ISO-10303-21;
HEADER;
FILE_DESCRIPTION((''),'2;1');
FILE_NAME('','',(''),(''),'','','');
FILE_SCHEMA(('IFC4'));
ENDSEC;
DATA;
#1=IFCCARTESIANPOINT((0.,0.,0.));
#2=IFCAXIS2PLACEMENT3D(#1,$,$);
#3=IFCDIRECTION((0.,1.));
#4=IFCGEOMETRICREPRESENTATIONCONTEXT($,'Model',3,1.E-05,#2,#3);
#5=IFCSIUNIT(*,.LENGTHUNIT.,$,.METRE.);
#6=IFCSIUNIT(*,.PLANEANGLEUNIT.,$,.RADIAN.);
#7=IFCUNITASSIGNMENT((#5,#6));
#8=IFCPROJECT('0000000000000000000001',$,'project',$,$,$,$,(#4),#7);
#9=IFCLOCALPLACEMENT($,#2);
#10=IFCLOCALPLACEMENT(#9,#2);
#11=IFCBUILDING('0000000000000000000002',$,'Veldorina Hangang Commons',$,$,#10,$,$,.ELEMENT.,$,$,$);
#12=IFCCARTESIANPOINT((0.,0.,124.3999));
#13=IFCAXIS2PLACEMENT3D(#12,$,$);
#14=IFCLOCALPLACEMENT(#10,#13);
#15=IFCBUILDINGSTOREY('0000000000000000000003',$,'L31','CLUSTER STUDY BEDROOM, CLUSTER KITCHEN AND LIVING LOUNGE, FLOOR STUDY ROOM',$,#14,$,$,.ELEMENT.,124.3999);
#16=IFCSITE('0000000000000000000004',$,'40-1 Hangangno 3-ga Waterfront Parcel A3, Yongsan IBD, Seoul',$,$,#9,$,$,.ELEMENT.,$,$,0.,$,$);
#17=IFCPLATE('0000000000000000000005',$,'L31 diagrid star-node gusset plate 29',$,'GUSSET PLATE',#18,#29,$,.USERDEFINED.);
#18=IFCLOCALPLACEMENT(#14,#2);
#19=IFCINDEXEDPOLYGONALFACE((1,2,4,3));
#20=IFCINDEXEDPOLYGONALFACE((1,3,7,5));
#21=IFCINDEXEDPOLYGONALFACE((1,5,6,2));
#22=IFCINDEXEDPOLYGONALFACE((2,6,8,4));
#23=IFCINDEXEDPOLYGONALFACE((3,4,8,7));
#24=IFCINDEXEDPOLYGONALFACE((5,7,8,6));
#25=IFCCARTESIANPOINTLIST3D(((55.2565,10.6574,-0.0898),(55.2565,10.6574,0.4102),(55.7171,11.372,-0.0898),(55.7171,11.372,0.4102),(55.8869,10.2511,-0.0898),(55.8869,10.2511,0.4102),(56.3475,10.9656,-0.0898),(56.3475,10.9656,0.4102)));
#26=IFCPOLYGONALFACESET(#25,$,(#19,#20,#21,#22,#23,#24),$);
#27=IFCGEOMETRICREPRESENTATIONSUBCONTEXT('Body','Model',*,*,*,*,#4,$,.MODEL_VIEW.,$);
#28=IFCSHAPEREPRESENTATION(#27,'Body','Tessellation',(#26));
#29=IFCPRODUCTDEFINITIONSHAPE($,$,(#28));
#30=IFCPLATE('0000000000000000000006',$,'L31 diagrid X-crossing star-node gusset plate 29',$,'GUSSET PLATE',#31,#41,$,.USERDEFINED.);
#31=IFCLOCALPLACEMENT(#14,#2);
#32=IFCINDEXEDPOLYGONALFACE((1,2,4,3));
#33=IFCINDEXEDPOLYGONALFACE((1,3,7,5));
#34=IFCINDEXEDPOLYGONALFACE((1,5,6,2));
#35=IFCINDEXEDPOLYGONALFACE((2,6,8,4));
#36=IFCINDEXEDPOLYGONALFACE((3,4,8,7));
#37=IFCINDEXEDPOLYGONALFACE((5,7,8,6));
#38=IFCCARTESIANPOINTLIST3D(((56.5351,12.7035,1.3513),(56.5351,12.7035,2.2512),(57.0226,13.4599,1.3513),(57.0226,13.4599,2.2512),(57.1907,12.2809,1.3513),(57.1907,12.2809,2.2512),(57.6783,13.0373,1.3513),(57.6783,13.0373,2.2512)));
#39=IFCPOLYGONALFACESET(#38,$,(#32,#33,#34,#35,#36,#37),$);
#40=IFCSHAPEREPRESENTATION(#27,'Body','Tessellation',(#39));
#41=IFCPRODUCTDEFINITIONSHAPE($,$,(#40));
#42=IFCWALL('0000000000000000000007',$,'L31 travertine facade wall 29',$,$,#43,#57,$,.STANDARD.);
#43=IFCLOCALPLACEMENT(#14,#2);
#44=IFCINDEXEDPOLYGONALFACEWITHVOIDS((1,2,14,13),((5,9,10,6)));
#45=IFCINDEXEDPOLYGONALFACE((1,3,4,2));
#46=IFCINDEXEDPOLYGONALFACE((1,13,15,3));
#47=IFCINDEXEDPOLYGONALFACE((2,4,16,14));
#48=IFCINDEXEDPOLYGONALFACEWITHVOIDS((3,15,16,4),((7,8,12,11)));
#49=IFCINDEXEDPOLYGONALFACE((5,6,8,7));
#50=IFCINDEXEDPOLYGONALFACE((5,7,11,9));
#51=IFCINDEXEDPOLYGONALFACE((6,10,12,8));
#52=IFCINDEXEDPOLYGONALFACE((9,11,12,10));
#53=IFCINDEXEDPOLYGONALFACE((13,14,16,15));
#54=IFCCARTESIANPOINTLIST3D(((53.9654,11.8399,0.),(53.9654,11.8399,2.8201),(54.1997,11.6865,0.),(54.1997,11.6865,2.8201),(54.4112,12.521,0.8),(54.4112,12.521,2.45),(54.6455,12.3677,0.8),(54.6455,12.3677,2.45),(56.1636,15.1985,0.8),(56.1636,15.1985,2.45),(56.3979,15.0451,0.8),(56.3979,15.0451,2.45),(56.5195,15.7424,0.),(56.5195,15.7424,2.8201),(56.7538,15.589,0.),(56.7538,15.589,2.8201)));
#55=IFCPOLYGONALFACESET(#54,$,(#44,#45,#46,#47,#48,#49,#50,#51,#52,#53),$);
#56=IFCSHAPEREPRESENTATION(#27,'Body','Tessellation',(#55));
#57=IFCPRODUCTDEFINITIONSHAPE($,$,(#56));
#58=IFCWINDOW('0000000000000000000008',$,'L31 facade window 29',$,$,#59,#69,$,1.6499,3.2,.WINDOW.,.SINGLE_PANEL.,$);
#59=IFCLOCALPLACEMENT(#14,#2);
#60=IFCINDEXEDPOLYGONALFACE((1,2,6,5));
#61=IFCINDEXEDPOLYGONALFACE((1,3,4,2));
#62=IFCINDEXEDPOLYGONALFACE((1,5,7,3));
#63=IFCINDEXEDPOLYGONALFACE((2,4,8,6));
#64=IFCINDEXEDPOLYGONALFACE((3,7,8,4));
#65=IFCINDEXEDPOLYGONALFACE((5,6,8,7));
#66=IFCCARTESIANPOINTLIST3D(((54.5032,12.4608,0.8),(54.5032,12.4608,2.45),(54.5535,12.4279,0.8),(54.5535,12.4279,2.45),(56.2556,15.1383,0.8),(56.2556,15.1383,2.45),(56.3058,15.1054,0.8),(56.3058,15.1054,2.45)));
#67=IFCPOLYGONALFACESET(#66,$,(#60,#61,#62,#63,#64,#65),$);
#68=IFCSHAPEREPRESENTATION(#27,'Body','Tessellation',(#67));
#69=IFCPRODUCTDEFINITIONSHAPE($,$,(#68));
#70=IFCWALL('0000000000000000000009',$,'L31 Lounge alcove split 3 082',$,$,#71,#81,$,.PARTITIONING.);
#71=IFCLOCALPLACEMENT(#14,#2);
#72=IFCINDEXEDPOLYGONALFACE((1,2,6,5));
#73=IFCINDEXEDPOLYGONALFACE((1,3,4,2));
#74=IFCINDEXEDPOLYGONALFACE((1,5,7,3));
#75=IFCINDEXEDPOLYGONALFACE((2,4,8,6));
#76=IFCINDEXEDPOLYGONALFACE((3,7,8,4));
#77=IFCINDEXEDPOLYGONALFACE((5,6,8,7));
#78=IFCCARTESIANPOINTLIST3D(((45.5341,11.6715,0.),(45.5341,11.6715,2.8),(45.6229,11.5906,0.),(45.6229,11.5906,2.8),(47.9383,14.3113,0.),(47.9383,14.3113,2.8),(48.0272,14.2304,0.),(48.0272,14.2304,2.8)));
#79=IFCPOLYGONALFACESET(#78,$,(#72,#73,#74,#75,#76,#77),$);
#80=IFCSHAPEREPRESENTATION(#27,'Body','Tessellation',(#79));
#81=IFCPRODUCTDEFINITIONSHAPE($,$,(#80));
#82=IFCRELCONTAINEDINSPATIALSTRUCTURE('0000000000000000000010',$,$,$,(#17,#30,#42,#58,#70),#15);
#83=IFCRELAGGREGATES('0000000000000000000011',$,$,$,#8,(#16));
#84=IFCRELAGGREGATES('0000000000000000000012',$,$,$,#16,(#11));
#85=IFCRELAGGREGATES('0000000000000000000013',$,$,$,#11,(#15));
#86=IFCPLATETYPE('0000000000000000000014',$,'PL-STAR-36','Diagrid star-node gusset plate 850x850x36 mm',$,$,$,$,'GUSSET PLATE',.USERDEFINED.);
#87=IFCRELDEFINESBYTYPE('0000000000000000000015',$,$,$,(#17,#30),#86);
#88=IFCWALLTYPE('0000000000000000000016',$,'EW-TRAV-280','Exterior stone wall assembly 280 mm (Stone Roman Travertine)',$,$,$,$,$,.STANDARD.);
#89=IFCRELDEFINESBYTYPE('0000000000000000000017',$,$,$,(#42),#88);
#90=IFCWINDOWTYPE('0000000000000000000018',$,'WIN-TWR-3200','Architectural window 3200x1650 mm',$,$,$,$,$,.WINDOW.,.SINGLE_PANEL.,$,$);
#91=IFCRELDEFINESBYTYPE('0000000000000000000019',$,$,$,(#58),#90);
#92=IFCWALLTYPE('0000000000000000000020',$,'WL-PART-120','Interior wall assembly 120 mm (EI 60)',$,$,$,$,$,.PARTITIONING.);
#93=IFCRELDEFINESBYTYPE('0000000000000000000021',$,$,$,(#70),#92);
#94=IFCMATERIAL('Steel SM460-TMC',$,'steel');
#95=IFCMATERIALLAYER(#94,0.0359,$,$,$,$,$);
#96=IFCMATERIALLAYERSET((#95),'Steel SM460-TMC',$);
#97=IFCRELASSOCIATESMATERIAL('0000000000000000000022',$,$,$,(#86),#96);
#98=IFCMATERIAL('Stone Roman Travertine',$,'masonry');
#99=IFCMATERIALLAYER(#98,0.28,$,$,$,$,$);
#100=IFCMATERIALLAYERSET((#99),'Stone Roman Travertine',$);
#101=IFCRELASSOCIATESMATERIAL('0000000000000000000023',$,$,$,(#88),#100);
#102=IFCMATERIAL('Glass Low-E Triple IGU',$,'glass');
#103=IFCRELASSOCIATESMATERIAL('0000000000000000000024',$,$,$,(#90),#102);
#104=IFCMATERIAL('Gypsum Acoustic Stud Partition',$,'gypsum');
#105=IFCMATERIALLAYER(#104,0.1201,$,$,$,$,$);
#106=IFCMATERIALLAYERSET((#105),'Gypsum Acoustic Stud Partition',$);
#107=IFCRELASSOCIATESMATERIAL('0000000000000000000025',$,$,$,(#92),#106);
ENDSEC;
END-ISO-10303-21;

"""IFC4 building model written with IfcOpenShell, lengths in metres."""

from ifc_helpers import new_model, si_unit, direction, frame, frame_2d, origin, origin_2d, place, context, subcontext, project, spatial, rectangle, extrude, material, layer, layer_set, type_object, element, fill, save


model = new_model("IFC4")

# Units and contexts
model_context = context("Model", 3, precision=1e-05, world=origin(), true_north=direction((0.0, 1.0)))
body_context = subcontext(model_context, "Body", "Model", "MODEL_VIEW")
ifc_project = project(units=[si_unit("LENGTHUNIT", "METRE"), si_unit("PLANEANGLEUNIT", "RADIAN")], contexts=[model_context])

# Site, building, storey
site_placement = place(None, origin())
site = spatial("IfcSite", under=ifc_project, at=site_placement, Name="40-1 Hangangno 3-ga Waterfront Parcel A3, Yongsan IBD, Seoul", CompositionType="ELEMENT", RefElevation=0.0)
building_placement = place(site_placement, origin())
building = spatial("IfcBuilding", under=site, at=building_placement, Name="Veldorina Hangang Commons", CompositionType="ELEMENT")
storey_placement = place(building_placement, frame((0.0, 0.0, 124.3999)))
storey = spatial("IfcBuildingStorey", under=building, at=storey_placement, Name="L31", Description="CLUSTER STUDY BEDROOM, CLUSTER KITCHEN AND LIVING LOUNGE, FLOOR STUDY ROOM", CompositionType="ELEMENT", Elevation=124.3999)

# Shared definitions
ifc_material_1 = material(Name="Glass Low-E Triple IGU", Category="glass")

# Plates
ifc_material_2 = material(Name="Steel SM460-TMC", Category="steel")
ifc_layer_1 = layer(ifc_material_2, 0.0359)
ifc_layer_set_1 = layer_set([ifc_layer_1], Name="Steel SM460-TMC")
plate_type_1 = type_object("IfcPlateType", Name="PL-STAR-36", Description="Diagrid star-node gusset plate 850x850x36 mm", ElementType="GUSSET PLATE", PredefinedType="USERDEFINED", material=ifc_layer_set_1)
for number, where, z_axis, x_axis, name in (
    (1, (55.802, 10.8115, -0.0898), (0.0, 0.0, 1.0), (0.541782, 0.840519, 0.0), "L31 diagrid star-node gusset plate 29"),
):
    element("IfcPlate", number, at=place(storey_placement, frame(where, z_axis=z_axis, x_axis=x_axis)), inside=storey, type_object=plate_type_1, Name=name, ObjectType="GUSSET PLATE", PredefinedType="USERDEFINED", context=body_context, shape_type="SweptSolid", body=[
        extrude(rectangle(XDim=0.8501, YDim=0.75, at=origin_2d()), origin(), (0.0, 0.0, 1.0), 0.5),
    ])
plate_1_placement = place(storey_placement, frame((57.1067, 12.8704, 1.3513), z_axis=(0.0, 0.0, 1.0), x_axis=(0.541782, 0.840519, 0.0)))
element("IfcPlate", 2, at=plate_1_placement, inside=storey, type_object=plate_type_1, Name="L31 diagrid X-crossing star-node gusset plate 29", ObjectType="GUSSET PLATE", PredefinedType="USERDEFINED", context=body_context, shape_type="SweptSolid", body=[
    extrude(rectangle(XDim=0.8999, YDim=0.78, at=origin_2d()), origin(), (0.0, 0.0, 1.0), 0.8999),
])

# Wall, opening, window
ifc_material_3 = material(Name="Stone Roman Travertine", Category="masonry")
ifc_layer_2 = layer(ifc_material_3, 0.28)
ifc_layer_set_2 = layer_set([ifc_layer_2], Name="Stone Roman Travertine")
wall_type_1 = type_object("IfcWallType", Name="EW-TRAV-280", Description="Exterior stone wall assembly 280 mm (Stone Roman Travertine)", PredefinedType="STANDARD", material=ifc_layer_set_2)
wall_1_placement = place(storey_placement, frame((54.0825, 11.7632, 0.0), z_axis=(0.0, 0.0, 1.0), x_axis=(0.547626, 0.836723, 0.0)))
wall_1 = element("IfcWall", 3, at=wall_1_placement, inside=storey, type_object=wall_type_1, Name="L31 travertine facade wall 29", PredefinedType="STANDARD", context=body_context, shape_type="SweptSolid", body=[
    extrude(rectangle(XDim=4.6641, YDim=0.28, at=frame_2d((2.332, 0.0))), origin(), (0.0, 0.0, 1.0), 2.8201),
])
opening_placement = place(wall_1_placement, frame((0.814, 0.0, 0.8)))
opening = element("IfcOpeningElement", 4, at=opening_placement, cuts=wall_1, PredefinedType="OPENING", context=body_context, shape_type="SweptSolid", body=[
    extrude(rectangle(XDim=3.2, YDim=1.6499, at=frame_2d((1.6001, 0.825))), frame((0.0, 0.1499, 0.0), z_axis=(0.0, -1.0, 0.0), x_axis=(1.0, 0.0, 0.0)), (0.0, 0.0, 1.0), 0.3),
])
window_type = type_object("IfcWindowType", Name="WIN-TWR-3200", Description="Architectural window 3200x1650 mm", PartitioningType="SINGLE_PANEL", PredefinedType="WINDOW", material=ifc_material_1)
window_placement = place(opening_placement, origin())
window = element("IfcWindow", 5, at=window_placement, inside=storey, type_object=window_type, Name="L31 facade window 29", OverallHeight=1.6499, OverallWidth=3.2, PartitioningType="SINGLE_PANEL", PredefinedType="WINDOW", context=body_context, shape_type="SweptSolid", body=[
    extrude(rectangle(XDim=3.2, YDim=1.6499, at=frame_2d((1.6001, 0.825))), frame((0.0, 0.03, 0.0), z_axis=(0.0, -1.0, 0.0), x_axis=(1.0, 0.0, 0.0)), (0.0, 0.0, 1.0), 0.0601),
])
fill(opening, window)

# Wall
ifc_material_4 = material(Name="Gypsum Acoustic Stud Partition", Category="gypsum")
ifc_layer_3 = layer(ifc_material_4, 0.1201)
ifc_layer_set_3 = layer_set([ifc_layer_3], Name="Gypsum Acoustic Stud Partition")
wall_type_2 = type_object("IfcWallType", Name="WL-PART-120", Description="Interior wall assembly 120 mm (EI 60)", PredefinedType="PARTITIONING", material=ifc_layer_set_3)
wall_2_placement = place(storey_placement, frame((45.5786, 11.6311, 0.0), z_axis=(0.0, 0.0, 1.0), x_axis=(0.673346, 0.739327, 0.0)))
element("IfcWall", 6, at=wall_2_placement, inside=storey, type_object=wall_type_2, Name="L31 Lounge alcove split 3 082", PredefinedType="PARTITIONING", context=body_context, shape_type="SweptSolid", body=[
    extrude(rectangle(XDim=3.5706, YDim=0.1201, at=frame_2d((1.7852, 0.0))), origin(), (0.0, 0.0, 1.0), 2.8),
])

save(model, "model.ifc")
